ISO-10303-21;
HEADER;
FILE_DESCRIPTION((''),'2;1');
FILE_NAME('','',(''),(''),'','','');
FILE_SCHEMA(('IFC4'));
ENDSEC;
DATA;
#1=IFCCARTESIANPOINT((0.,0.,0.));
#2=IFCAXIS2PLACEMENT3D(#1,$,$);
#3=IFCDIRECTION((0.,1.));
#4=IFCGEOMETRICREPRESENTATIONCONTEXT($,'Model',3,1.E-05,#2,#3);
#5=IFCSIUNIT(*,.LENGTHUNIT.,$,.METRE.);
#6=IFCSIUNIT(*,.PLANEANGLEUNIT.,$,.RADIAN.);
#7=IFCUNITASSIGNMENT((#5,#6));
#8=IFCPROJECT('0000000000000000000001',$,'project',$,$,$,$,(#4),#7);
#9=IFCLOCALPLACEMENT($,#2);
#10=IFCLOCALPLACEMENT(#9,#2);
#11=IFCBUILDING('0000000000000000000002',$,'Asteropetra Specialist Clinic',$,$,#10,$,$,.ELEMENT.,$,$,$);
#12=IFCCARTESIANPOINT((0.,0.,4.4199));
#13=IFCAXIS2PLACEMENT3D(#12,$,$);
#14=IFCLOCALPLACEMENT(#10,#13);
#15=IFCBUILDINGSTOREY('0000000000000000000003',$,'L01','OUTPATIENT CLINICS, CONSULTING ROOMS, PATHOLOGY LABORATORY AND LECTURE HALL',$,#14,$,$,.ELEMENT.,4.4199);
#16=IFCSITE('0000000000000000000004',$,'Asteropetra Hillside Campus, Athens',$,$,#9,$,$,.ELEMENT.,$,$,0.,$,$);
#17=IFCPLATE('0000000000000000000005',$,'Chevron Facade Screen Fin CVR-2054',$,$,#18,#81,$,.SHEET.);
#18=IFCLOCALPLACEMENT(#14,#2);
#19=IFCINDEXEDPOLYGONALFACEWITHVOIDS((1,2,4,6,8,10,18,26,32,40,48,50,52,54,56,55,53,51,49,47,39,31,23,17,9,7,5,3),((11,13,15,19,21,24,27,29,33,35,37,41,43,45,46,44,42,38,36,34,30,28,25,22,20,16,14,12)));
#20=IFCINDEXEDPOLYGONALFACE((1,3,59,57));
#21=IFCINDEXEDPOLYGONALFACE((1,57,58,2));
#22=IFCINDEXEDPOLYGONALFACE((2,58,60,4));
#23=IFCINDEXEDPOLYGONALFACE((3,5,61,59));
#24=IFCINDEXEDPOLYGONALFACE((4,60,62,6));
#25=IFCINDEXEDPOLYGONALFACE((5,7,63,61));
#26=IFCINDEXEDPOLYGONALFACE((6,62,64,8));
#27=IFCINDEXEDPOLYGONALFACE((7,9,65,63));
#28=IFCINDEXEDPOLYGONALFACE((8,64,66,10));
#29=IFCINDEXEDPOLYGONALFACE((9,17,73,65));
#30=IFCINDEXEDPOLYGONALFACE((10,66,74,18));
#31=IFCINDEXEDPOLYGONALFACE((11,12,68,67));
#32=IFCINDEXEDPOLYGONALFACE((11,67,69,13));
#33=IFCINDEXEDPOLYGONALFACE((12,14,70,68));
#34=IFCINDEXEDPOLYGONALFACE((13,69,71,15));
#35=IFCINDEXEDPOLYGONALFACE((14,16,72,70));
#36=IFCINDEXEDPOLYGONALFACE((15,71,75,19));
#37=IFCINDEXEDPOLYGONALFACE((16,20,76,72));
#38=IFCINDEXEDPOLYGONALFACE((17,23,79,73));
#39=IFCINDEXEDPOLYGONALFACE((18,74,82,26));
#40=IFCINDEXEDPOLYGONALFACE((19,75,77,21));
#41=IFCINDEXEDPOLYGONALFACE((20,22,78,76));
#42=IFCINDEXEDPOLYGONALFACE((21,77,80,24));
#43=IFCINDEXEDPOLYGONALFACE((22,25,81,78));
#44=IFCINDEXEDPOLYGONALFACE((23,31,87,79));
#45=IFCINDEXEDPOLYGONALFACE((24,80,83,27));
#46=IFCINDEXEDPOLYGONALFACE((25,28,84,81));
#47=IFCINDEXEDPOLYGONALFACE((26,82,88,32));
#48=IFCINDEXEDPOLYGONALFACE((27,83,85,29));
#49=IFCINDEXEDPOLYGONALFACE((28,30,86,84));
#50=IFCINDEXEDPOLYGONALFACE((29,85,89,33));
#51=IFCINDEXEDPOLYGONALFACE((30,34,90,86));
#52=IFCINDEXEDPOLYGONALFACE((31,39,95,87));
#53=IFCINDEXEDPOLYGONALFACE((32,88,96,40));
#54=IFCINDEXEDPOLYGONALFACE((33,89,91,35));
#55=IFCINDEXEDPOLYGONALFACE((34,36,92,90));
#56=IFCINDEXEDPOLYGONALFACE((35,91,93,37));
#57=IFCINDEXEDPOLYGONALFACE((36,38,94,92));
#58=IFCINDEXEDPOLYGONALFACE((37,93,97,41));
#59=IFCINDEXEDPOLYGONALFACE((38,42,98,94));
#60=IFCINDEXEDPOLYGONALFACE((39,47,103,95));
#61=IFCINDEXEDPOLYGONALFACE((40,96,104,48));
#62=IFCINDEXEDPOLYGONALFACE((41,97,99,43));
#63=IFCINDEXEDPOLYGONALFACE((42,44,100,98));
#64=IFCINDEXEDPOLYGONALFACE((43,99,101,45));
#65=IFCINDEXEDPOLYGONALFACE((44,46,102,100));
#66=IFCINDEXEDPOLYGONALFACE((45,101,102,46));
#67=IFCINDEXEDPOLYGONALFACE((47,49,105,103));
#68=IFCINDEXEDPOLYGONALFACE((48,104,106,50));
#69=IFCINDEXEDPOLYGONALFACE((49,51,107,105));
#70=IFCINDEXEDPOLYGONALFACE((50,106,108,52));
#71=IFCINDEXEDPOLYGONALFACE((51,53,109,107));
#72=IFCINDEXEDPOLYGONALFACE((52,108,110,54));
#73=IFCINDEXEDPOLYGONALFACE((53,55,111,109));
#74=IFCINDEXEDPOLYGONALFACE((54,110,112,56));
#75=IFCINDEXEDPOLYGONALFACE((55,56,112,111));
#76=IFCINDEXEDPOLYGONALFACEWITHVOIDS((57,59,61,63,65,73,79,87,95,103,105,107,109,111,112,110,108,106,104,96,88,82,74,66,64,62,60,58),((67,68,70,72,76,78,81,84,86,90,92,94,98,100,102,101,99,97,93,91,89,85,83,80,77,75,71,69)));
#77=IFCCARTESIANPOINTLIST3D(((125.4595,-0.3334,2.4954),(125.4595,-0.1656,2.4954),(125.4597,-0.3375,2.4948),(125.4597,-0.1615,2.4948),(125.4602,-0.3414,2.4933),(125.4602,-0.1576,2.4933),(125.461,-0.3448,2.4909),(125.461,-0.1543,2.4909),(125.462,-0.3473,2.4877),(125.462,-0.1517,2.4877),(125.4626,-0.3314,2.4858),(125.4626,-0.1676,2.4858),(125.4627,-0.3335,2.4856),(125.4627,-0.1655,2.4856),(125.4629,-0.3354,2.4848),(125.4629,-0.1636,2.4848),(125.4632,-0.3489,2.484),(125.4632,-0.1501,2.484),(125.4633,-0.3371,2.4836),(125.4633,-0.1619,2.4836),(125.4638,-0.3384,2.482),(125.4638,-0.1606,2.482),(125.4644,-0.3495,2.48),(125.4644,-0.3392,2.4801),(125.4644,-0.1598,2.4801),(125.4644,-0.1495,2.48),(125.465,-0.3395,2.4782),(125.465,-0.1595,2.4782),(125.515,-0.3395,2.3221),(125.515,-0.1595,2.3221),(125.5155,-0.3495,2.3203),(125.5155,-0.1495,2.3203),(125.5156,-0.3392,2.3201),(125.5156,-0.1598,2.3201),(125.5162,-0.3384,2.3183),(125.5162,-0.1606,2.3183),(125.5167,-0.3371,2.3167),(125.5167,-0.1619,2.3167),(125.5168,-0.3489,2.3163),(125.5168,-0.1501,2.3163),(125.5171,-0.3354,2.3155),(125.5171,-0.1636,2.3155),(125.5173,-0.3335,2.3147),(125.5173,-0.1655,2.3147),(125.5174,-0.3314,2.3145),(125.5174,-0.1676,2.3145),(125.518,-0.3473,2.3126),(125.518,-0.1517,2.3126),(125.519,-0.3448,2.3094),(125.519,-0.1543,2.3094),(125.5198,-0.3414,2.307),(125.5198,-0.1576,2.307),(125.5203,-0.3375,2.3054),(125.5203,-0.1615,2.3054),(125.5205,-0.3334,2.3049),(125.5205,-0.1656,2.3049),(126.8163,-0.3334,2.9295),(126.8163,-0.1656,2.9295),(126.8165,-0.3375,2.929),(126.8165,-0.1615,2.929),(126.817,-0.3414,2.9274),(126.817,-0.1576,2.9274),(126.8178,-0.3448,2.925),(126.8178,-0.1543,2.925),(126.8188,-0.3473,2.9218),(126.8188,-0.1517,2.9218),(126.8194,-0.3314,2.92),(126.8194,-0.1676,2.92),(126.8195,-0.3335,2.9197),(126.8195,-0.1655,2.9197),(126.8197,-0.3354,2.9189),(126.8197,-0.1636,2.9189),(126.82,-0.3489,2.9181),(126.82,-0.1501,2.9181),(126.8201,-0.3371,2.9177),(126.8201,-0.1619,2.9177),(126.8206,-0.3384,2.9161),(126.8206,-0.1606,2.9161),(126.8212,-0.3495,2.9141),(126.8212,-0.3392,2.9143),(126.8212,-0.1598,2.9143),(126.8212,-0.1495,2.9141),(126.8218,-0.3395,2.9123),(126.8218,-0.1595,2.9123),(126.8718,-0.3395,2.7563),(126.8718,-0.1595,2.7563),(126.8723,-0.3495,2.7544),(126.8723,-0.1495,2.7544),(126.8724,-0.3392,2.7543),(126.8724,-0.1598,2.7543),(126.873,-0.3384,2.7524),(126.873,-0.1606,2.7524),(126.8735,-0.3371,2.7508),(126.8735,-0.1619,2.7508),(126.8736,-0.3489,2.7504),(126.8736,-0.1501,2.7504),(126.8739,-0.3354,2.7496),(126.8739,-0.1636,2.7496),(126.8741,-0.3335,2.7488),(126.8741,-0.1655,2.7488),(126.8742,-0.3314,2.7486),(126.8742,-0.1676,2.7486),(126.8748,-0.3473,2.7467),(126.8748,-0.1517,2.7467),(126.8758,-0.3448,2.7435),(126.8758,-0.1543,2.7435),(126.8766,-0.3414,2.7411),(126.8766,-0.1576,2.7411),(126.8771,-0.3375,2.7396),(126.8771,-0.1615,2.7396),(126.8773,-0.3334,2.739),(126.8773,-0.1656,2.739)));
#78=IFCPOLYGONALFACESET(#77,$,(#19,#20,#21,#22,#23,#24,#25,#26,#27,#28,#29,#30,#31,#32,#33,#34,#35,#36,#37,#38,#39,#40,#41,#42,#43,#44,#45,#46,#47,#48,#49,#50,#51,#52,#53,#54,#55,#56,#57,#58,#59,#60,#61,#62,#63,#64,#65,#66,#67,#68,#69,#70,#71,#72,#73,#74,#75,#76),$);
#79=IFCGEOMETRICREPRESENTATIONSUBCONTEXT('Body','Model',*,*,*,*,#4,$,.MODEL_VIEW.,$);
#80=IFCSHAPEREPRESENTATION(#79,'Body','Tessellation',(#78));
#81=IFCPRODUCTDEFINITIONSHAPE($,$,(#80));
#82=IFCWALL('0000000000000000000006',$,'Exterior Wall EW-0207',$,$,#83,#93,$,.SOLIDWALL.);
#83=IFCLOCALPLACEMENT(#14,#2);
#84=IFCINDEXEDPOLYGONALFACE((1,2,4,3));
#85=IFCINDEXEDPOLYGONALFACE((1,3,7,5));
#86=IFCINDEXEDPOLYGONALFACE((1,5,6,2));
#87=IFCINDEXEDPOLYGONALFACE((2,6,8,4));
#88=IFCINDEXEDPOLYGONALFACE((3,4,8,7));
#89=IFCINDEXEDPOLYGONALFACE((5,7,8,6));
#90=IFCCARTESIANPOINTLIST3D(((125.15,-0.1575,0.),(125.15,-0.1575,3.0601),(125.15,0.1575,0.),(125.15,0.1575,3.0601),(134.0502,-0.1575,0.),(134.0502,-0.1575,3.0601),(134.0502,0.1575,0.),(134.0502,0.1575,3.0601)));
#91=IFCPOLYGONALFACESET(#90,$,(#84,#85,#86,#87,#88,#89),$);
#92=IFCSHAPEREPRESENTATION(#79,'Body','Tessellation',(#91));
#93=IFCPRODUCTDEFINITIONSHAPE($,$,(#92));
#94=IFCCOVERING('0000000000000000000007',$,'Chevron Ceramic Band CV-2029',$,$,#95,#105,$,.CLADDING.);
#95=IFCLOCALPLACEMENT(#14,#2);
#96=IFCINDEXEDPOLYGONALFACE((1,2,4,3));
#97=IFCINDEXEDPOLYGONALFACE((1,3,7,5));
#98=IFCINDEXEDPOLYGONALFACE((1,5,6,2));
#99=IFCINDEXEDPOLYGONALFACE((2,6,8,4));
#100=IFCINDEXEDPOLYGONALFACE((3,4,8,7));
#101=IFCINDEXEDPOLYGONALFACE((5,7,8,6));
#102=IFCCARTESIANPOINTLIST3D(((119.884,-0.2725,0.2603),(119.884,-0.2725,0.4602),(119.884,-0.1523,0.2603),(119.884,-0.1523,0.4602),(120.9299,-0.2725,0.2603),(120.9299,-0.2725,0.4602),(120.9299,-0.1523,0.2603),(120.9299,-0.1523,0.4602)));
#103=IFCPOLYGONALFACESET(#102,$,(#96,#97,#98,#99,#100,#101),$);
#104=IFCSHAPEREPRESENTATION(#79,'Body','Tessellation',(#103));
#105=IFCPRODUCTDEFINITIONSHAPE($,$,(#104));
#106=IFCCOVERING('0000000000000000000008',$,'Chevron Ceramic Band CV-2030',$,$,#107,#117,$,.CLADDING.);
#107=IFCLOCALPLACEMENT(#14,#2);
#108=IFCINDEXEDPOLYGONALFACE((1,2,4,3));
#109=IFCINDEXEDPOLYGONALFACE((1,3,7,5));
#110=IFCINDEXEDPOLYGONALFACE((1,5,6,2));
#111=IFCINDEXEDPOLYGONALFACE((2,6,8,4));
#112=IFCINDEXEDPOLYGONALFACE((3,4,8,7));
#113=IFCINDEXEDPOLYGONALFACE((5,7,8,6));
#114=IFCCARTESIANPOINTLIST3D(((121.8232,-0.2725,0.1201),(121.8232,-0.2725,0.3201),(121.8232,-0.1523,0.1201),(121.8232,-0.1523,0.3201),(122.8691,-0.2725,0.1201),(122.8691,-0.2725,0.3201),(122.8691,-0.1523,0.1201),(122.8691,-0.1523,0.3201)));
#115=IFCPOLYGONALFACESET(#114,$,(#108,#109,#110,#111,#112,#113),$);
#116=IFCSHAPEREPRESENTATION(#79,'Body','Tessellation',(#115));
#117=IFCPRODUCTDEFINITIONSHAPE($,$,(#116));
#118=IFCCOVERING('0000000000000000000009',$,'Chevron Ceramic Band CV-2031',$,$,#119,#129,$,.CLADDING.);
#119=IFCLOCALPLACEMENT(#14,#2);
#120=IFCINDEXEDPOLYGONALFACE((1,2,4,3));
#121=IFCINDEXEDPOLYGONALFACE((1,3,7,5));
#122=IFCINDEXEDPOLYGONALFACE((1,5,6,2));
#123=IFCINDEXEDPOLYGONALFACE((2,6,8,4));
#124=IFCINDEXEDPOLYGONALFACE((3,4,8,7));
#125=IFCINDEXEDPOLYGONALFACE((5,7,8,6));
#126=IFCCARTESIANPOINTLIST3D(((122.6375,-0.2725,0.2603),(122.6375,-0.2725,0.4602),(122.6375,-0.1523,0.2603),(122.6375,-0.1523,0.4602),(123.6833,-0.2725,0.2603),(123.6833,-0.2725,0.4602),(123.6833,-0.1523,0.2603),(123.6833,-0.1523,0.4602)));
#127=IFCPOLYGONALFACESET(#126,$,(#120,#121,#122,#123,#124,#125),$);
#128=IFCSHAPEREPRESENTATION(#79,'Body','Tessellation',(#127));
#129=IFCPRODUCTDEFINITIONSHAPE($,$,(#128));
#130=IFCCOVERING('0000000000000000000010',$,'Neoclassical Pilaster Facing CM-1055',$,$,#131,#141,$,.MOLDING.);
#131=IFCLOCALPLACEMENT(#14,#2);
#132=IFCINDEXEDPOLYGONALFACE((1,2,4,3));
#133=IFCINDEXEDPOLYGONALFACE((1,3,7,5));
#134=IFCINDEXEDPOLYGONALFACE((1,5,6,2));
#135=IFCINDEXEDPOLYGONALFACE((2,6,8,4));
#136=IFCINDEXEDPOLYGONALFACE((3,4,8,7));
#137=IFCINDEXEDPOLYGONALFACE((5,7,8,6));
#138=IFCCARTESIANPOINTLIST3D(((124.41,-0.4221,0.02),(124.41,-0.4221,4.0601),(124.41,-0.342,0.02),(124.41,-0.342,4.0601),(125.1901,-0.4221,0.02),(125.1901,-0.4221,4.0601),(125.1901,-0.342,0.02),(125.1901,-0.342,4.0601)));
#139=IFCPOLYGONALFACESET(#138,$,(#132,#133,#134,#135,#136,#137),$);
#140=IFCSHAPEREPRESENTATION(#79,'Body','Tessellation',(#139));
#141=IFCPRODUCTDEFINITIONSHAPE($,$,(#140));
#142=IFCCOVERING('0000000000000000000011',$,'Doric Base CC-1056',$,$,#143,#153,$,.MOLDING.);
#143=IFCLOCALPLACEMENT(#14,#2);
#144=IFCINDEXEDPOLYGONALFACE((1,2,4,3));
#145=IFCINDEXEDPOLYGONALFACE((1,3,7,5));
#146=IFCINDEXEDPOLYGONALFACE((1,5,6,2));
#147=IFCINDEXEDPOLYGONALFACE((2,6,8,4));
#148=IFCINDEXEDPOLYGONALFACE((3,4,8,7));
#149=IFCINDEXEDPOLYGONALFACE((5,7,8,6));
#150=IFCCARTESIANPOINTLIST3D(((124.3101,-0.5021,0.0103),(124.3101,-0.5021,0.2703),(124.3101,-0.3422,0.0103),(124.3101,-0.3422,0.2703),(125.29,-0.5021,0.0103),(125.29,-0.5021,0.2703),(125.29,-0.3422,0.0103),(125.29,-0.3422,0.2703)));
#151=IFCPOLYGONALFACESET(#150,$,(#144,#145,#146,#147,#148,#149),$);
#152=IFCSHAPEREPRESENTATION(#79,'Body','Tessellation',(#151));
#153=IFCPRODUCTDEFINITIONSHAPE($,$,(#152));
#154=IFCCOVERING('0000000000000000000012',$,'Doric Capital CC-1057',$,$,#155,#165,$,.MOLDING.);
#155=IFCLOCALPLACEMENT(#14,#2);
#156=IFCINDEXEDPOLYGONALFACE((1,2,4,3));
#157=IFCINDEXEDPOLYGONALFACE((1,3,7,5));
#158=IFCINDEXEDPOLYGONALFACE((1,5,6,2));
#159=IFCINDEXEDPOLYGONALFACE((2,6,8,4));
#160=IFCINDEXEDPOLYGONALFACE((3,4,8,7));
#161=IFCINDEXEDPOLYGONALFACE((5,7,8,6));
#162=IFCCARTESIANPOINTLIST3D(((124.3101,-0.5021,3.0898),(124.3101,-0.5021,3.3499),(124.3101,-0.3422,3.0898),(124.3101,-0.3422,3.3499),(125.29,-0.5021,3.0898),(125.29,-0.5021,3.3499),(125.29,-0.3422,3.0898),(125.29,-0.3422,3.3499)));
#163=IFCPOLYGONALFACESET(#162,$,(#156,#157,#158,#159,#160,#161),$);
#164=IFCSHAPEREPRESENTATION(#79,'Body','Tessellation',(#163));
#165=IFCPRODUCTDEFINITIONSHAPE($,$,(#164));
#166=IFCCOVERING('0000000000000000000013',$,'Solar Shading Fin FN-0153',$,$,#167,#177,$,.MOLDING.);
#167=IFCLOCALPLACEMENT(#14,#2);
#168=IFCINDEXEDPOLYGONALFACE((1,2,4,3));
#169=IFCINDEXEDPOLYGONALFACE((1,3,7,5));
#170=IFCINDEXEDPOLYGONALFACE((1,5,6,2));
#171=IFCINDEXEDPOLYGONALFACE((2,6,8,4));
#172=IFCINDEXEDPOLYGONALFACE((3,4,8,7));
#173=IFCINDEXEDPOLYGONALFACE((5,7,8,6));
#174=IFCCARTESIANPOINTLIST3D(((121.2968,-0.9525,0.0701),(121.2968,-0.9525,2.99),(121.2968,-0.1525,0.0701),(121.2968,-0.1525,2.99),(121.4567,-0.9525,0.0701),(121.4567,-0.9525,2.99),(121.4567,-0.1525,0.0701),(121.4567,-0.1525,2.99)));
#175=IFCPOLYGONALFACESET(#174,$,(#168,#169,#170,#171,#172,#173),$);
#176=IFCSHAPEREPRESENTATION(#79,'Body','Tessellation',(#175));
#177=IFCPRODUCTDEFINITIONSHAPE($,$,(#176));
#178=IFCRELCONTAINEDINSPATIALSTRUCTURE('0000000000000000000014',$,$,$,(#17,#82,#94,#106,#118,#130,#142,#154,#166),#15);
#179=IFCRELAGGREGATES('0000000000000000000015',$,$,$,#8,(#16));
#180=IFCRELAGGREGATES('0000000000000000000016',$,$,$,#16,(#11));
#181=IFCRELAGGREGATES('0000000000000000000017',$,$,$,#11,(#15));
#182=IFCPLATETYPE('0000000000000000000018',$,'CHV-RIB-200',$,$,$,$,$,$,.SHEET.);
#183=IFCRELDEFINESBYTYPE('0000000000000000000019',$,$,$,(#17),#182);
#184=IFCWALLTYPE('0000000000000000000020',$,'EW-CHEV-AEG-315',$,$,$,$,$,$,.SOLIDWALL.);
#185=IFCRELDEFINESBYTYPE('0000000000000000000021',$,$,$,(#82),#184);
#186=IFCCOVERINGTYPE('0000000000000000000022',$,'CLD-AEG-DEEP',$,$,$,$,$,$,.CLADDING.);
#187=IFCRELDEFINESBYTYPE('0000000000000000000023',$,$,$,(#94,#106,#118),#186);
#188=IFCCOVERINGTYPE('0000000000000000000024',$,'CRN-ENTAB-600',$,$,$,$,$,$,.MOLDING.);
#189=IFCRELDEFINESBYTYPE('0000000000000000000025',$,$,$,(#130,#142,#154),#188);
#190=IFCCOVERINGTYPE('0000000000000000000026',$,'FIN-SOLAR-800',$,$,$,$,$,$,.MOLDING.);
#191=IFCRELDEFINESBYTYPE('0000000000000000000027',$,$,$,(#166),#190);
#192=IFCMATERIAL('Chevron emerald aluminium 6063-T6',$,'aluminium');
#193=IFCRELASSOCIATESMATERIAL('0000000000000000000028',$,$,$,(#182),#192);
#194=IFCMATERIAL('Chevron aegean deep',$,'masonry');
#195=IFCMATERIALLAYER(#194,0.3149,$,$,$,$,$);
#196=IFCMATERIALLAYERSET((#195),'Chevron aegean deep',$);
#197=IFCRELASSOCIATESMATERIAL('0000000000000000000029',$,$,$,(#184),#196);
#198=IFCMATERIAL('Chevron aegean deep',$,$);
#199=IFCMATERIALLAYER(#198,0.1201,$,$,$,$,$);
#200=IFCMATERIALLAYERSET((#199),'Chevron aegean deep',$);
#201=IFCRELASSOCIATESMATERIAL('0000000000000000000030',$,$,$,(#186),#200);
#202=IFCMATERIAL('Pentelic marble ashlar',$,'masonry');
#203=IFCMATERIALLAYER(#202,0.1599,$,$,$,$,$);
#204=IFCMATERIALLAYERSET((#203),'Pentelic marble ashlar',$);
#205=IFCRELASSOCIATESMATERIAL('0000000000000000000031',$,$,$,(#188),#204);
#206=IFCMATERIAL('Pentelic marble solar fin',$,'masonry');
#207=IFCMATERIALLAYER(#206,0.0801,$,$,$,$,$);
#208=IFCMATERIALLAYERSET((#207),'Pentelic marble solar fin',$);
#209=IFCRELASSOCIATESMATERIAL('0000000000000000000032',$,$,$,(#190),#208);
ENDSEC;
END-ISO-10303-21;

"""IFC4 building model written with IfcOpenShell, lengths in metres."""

from ifc_helpers import new_model, si_unit, direction, frame, frame_2d, origin, origin_2d, place, context, subcontext, project, spatial, rectangle, hollow_rectangle, extrude, material, layer, layer_set, material_profile, profile_set, type_object, element, save


model = new_model("IFC4")

# Units and contexts
model_context = context("Model", 3, precision=1e-05, world=origin(), true_north=direction((0.0, 1.0)))
body_context = subcontext(model_context, "Body", "Model", "MODEL_VIEW")
ifc_project = project(units=[si_unit("LENGTHUNIT", "METRE"), si_unit("PLANEANGLEUNIT", "RADIAN")], contexts=[model_context])

# Site, building, storey
site_placement = place(None, origin())
site = spatial("IfcSite", under=ifc_project, at=site_placement, Name="Asteropetra Hillside Campus, Athens", CompositionType="ELEMENT", RefElevation=0.0)
building_placement = place(site_placement, origin())
building = spatial("IfcBuilding", under=site, at=building_placement, Name="Asteropetra Specialist Clinic", CompositionType="ELEMENT")
storey_placement = place(building_placement, frame((0.0, 0.0, 4.4199)))
storey = spatial("IfcBuildingStorey", under=building, at=storey_placement, Name="L01", Description="OUTPATIENT CLINICS, CONSULTING ROOMS, PATHOLOGY LABORATORY AND LECTURE HALL", CompositionType="ELEMENT", Elevation=4.4199)

# Plate
ifc_material_1 = material(Name="Chevron emerald aluminium 6063-T6", Category="aluminium")
ifc_material_profile_1 = material_profile(ifc_material_1, hollow_rectangle(XDim=0.2, YDim=0.2, WallThickness=0.01, InnerFilletRadius=0.0081, OuterFilletRadius=0.0161, at=origin_2d()), Name="SHS 200x200x10.0")
ifc_profile_set_1 = profile_set([ifc_material_profile_1], Name="Chevron emerald aluminium 6063-T6")
plate_type = type_object("IfcPlateType", Name="CHV-RIB-200", PredefinedType="SHEET", material=ifc_profile_set_1)
for number, where, z_axis, x_axis, name in (
    (1, (125.49, -0.2495, 2.4001), (0.952436, 0.0, 0.304738), (0.0, 1.0, 0.0), "Chevron Facade Screen Fin CVR-2054"),
):
    element("IfcPlate", number, at=place(storey_placement, frame(where, z_axis=z_axis, x_axis=x_axis)), inside=storey, type_object=plate_type, Name=name, PredefinedType="SHEET", context=body_context, shape_type="SweptSolid", body=[
        extrude(hollow_rectangle(XDim=0.2, YDim=0.2, WallThickness=0.01, InnerFilletRadius=0.0081, OuterFilletRadius=0.0161, at=origin_2d()), origin(), (0.0, 0.0, 1.0), 1.4246),
    ])

# Wall
ifc_material_2 = material(Name="Chevron aegean deep", Category="masonry")
ifc_layer_1 = layer(ifc_material_2, 0.3149)
ifc_layer_set_1 = layer_set([ifc_layer_1], Name="Chevron aegean deep")
wall_type = type_object("IfcWallType", Name="EW-CHEV-AEG-315", PredefinedType="SOLIDWALL", material=ifc_layer_set_1)
wall_placement = place(storey_placement, frame((125.1499, 0.0, 0.0), z_axis=(0.0, 0.0, 1.0), x_axis=(1.0, 0.0, 0.0)))
element("IfcWall", 2, at=wall_placement, inside=storey, type_object=wall_type, Name="Exterior Wall EW-0207", PredefinedType="SOLIDWALL", context=body_context, shape_type="SweptSolid", body=[
    extrude(rectangle(XDim=8.9001, YDim=0.3149, at=frame_2d((4.4502, 0.0))), origin(), (0.0, 0.0, 1.0), 3.0601),
])

# Coverings
ifc_material_3 = material(Name="Chevron aegean deep")
ifc_layer_2 = layer(ifc_material_3, 0.1201)
ifc_layer_set_2 = layer_set([ifc_layer_2], Name="Chevron aegean deep")
covering_type_1 = type_object("IfcCoveringType", Name="CLD-AEG-DEEP", PredefinedType="CLADDING", material=ifc_layer_set_2)
for number, where, z_axis, x_axis, name in (
    (3, (120.407, -0.2124, 0.2603), (0.0, 0.0, 1.0), (1.0, 0.0, 0.0), "Chevron Ceramic Band CV-2029"),
    (4, (122.3462, -0.2124, 0.1201), (0.0, 0.0, 1.0), (1.0, 0.0, 0.0), "Chevron Ceramic Band CV-2030"),
    (5, (123.1604, -0.2124, 0.2603), (0.0, 0.0, 1.0), (1.0, 0.0, 0.0), "Chevron Ceramic Band CV-2031"),
):
    element("IfcCovering", number, at=place(storey_placement, frame(where, z_axis=z_axis, x_axis=x_axis)), inside=storey, type_object=covering_type_1, Name=name, PredefinedType="CLADDING", context=body_context, shape_type="SweptSolid", body=[
        extrude(rectangle(XDim=1.0459, YDim=0.1201, at=origin_2d()), origin(), (0.0, 0.0, 1.0), 0.2),
    ])
ifc_material_4 = material(Name="Pentelic marble ashlar", Category="masonry")
ifc_layer_3 = layer(ifc_material_4, 0.1599)
ifc_layer_set_3 = layer_set([ifc_layer_3], Name="Pentelic marble ashlar")
covering_type_2 = type_object("IfcCoveringType", Name="CRN-ENTAB-600", PredefinedType="MOLDING", material=ifc_layer_set_3)
covering_1_placement = place(storey_placement, frame((124.8, -0.3821, 0.02), z_axis=(0.0, 0.0, 1.0), x_axis=(1.0, 0.0, 0.0)))
element("IfcCovering", 6, at=covering_1_placement, inside=storey, type_object=covering_type_2, Name="Neoclassical Pilaster Facing CM-1055", PredefinedType="MOLDING", context=body_context, shape_type="SweptSolid", body=[
    extrude(rectangle(XDim=0.78, YDim=0.0801, at=origin_2d()), origin(), (0.0, 0.0, 1.0), 4.04),
])
for number, where, z_axis, x_axis, name in (
    (7, (124.8, -0.4221, 0.0103), (0.0, 0.0, 1.0), (1.0, 0.0, 0.0), "Doric Base CC-1056"),
    (8, (124.8, -0.4221, 3.0898), (0.0, 0.0, 1.0), (1.0, 0.0, 0.0), "Doric Capital CC-1057"),
):
    element("IfcCovering", number, at=place(storey_placement, frame(where, z_axis=z_axis, x_axis=x_axis)), inside=storey, type_object=covering_type_2, Name=name, PredefinedType="MOLDING", context=body_context, shape_type="SweptSolid", body=[
        extrude(rectangle(XDim=0.98, YDim=0.1599, at=origin_2d()), origin(), (0.0, 0.0, 1.0), 0.26),
    ])
ifc_material_5 = material(Name="Pentelic marble solar fin", Category="masonry")
ifc_layer_4 = layer(ifc_material_5, 0.0801)
ifc_layer_set_4 = layer_set([ifc_layer_4], Name="Pentelic marble solar fin")
covering_type_3 = type_object("IfcCoveringType", Name="FIN-SOLAR-800", PredefinedType="MOLDING", material=ifc_layer_set_4)
covering_2_placement = place(storey_placement, frame((121.3767, -0.5525, 0.0701), z_axis=(0.0, 0.0, 1.0), x_axis=(1.0, 0.0, 0.0)))
element("IfcCovering", 9, at=covering_2_placement, inside=storey, type_object=covering_type_3, Name="Solar Shading Fin FN-0153", PredefinedType="MOLDING", context=body_context, shape_type="SweptSolid", body=[
    extrude(rectangle(XDim=0.1599, YDim=0.8, at=origin_2d()), origin(), (0.0, 0.0, 1.0), 2.9199),
])

save(model, "model.ifc")
